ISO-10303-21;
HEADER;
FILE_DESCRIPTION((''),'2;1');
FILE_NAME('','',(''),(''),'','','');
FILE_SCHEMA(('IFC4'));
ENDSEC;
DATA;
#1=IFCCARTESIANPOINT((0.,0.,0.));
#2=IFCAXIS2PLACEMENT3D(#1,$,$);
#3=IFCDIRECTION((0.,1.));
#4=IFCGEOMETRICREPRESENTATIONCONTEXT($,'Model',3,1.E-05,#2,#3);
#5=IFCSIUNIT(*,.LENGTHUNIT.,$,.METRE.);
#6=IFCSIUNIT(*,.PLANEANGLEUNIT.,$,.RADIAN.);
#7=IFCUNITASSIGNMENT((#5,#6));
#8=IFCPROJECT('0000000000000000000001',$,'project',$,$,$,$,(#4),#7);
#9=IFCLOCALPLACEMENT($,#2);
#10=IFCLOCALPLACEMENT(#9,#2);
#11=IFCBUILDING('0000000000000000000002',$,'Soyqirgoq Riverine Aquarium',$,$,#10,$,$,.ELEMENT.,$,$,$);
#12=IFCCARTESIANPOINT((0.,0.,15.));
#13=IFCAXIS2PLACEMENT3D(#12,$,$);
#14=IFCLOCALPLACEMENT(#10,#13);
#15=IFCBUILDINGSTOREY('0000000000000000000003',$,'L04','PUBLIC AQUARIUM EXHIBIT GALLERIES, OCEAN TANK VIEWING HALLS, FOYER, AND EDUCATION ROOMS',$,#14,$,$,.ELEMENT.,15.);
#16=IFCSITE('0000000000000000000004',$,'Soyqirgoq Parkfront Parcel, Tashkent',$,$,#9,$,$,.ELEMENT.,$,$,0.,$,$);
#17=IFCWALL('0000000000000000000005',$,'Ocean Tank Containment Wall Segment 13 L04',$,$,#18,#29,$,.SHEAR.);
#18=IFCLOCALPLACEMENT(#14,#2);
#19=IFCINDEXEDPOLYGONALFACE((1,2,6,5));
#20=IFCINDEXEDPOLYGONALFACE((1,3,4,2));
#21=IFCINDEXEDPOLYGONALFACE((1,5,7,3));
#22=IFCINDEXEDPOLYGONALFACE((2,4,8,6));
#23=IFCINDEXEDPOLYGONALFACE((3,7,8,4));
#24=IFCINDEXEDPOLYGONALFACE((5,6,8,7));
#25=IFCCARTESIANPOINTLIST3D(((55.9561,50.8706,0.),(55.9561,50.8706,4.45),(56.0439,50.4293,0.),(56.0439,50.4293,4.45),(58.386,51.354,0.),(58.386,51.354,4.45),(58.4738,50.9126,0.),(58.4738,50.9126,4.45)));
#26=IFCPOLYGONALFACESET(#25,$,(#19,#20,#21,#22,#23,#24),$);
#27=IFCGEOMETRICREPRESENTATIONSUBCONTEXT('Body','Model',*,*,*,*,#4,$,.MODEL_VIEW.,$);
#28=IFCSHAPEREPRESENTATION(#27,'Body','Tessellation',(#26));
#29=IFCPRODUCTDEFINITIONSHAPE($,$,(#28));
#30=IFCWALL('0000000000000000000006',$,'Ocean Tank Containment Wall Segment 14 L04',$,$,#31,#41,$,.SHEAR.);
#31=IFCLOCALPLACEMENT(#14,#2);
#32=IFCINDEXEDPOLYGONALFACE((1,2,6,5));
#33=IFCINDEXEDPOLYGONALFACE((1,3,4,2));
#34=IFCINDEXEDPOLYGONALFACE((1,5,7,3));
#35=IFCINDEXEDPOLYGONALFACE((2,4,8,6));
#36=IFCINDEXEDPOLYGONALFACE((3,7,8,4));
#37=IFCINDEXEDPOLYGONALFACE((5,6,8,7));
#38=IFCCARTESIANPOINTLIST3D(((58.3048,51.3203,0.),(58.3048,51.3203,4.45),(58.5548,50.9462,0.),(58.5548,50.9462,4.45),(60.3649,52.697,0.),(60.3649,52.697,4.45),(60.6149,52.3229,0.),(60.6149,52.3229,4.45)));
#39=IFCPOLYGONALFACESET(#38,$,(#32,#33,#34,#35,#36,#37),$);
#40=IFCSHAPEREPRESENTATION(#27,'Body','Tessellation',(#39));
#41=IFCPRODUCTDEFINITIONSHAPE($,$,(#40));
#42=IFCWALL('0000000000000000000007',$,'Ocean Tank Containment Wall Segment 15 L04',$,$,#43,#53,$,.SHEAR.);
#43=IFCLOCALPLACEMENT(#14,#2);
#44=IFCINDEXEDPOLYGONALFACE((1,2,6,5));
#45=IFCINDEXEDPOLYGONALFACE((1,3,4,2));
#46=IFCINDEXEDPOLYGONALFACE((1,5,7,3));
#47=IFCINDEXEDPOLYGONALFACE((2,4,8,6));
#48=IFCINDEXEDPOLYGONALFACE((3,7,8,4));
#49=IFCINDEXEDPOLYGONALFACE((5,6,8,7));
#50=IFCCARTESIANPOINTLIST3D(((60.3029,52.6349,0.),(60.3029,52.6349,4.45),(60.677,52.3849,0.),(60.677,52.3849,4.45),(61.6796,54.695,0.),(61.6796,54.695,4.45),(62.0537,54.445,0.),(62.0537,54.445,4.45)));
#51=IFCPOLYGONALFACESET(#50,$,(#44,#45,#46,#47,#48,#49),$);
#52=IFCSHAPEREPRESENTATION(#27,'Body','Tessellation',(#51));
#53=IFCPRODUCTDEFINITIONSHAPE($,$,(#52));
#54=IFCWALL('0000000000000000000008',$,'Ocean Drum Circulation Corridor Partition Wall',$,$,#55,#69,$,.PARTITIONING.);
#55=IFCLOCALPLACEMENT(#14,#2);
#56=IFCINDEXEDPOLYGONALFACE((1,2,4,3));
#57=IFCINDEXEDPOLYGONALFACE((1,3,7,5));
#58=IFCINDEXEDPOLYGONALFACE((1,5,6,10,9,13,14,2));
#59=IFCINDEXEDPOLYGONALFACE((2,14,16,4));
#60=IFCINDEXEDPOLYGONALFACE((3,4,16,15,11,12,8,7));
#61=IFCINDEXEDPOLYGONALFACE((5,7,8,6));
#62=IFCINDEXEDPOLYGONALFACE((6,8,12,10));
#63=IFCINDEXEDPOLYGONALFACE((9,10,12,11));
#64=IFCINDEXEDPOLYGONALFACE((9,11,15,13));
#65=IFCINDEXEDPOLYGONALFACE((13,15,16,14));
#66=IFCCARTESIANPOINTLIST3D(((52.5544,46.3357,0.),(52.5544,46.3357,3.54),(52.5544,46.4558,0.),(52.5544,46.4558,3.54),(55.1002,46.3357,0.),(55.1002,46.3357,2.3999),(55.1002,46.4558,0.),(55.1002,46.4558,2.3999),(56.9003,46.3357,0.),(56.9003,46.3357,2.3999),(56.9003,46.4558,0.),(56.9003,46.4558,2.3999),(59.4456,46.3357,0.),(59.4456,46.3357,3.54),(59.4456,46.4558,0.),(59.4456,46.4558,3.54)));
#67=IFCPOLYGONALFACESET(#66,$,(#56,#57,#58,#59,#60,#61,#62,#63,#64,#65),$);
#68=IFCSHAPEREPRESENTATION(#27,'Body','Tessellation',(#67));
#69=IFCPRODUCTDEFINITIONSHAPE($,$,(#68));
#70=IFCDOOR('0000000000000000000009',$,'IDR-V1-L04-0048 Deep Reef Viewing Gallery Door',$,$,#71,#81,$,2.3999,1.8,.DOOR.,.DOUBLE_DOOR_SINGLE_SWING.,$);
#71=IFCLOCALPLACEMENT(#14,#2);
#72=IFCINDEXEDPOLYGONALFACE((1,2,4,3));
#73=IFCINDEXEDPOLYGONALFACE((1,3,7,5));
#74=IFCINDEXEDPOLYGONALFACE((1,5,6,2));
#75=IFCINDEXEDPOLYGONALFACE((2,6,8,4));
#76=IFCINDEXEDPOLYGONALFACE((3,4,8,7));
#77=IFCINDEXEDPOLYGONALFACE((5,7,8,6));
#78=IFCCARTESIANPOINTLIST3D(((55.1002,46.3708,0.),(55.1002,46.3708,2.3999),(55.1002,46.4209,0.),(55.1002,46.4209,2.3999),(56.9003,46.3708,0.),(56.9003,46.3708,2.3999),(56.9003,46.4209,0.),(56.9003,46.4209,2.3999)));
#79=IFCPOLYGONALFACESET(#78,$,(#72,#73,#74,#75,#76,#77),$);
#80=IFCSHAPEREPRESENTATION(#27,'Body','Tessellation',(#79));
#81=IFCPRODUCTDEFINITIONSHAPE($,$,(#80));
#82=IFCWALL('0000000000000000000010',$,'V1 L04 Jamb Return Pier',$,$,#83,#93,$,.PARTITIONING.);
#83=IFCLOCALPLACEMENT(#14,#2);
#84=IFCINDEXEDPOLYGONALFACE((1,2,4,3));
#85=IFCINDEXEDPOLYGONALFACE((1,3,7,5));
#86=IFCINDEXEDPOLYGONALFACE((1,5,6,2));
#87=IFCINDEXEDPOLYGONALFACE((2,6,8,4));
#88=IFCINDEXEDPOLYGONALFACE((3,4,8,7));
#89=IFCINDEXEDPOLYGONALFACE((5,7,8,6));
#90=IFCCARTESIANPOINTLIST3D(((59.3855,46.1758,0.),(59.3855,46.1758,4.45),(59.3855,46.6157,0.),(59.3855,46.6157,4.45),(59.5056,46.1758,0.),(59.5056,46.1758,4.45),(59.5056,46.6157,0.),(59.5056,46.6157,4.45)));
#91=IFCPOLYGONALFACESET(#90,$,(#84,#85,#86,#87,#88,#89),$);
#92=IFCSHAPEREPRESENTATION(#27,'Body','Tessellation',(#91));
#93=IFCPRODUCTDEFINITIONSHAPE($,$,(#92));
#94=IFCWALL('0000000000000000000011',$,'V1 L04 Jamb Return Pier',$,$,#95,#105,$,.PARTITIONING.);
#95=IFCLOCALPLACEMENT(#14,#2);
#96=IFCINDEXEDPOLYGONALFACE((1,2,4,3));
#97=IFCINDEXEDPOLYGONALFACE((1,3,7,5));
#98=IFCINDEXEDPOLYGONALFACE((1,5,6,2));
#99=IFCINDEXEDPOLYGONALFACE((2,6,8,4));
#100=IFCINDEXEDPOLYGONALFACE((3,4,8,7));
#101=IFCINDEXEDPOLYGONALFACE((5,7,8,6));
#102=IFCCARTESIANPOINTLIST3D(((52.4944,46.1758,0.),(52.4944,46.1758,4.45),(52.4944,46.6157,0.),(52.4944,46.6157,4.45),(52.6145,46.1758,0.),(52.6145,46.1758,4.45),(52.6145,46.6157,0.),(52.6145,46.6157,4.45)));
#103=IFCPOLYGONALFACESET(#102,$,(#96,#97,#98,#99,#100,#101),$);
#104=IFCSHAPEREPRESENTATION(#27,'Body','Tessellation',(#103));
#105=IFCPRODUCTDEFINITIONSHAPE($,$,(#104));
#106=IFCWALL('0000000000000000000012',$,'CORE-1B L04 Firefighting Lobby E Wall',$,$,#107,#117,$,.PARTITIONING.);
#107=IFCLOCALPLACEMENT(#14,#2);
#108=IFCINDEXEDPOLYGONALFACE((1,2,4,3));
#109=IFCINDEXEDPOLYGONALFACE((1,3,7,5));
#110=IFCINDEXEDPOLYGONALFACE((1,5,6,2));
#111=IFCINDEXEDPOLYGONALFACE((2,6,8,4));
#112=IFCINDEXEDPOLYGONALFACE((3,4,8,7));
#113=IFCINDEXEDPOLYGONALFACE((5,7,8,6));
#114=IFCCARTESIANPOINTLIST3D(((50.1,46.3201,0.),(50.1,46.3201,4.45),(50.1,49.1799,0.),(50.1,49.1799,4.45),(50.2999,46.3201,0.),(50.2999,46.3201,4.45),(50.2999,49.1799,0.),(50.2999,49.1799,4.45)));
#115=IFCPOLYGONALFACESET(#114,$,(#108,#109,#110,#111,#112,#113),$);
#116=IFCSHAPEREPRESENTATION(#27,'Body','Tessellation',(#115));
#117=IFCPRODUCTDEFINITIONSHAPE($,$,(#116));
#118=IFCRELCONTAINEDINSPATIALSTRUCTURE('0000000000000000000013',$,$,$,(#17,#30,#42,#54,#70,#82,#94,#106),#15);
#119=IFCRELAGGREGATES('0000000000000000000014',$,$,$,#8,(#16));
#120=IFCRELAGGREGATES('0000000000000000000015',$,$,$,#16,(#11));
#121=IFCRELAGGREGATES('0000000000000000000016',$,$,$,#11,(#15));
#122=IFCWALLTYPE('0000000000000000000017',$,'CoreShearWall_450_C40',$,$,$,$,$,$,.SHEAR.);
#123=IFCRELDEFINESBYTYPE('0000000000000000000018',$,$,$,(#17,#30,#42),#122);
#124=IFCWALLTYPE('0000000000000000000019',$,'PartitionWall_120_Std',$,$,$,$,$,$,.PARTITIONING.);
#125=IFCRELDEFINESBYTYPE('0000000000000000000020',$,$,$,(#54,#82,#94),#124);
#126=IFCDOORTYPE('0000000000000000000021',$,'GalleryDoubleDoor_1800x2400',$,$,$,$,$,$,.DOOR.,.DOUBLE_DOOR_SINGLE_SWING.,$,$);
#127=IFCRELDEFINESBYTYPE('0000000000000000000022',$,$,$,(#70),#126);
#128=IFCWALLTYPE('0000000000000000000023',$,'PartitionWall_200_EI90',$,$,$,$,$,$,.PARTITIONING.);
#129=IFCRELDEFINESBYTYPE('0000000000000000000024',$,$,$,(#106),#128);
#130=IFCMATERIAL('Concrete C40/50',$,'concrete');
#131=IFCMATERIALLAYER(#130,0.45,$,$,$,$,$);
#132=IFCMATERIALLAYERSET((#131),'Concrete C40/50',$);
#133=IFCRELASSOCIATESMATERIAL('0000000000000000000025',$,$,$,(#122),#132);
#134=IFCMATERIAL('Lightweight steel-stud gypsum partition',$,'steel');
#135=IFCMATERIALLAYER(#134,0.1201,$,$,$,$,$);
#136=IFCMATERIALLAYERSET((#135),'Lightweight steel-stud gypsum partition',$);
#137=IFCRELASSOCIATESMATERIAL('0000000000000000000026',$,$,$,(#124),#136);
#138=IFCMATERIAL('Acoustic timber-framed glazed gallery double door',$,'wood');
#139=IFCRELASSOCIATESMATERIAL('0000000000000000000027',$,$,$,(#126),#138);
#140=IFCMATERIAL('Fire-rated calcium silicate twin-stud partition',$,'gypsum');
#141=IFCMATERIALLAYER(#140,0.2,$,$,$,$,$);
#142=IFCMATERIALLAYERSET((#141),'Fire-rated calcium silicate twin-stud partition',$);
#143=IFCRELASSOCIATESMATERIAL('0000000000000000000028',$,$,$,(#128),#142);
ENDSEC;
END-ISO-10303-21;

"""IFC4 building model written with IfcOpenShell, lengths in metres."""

from ifc_helpers import new_model, si_unit, direction, frame, frame_2d, origin, place, context, subcontext, project, spatial, rectangle, extrude, material, layer, layer_set, type_object, element, fill, save


model = new_model("IFC4")

# Units and contexts
model_context = context("Model", 3, precision=1e-05, world=origin(), true_north=direction((0.0, 1.0)))
body_context = subcontext(model_context, "Body", "Model", "MODEL_VIEW")
ifc_project = project(units=[si_unit("LENGTHUNIT", "METRE"), si_unit("PLANEANGLEUNIT", "RADIAN")], contexts=[model_context])

# Site, building, storey
site_placement = place(None, origin())
site = spatial("IfcSite", under=ifc_project, at=site_placement, Name="Soyqirgoq Parkfront Parcel, Tashkent", CompositionType="ELEMENT", RefElevation=0.0)
building_placement = place(site_placement, origin())
building = spatial("IfcBuilding", under=site, at=building_placement, Name="Soyqirgoq Riverine Aquarium", CompositionType="ELEMENT")
storey_placement = place(building_placement, frame((0.0, 0.0, 15.0)))
storey = spatial("IfcBuildingStorey", under=building, at=storey_placement, Name="L04", Description="PUBLIC AQUARIUM EXHIBIT GALLERIES, OCEAN TANK VIEWING HALLS, FOYER, AND EDUCATION ROOMS", CompositionType="ELEMENT", Elevation=15.0)

# Walls
ifc_material_1 = material(Name="Concrete C40/50", Category="concrete")
ifc_layer_1 = layer(ifc_material_1, 0.45)
ifc_layer_set_1 = layer_set([ifc_layer_1], Name="Concrete C40/50")
wall_type_1 = type_object("IfcWallType", Name="CoreShearWall_450_C40", PredefinedType="SHEAR", material=ifc_layer_set_1)
for number, where, z_axis, x_axis, name in (
    (1, (56.0, 50.6499, 0.0), (0.0, 0.0, 1.0), (0.980781, 0.195112, 0.0), "Ocean Tank Containment Wall Segment 13 L04"),
):
    element("IfcWall", number, at=place(storey_placement, frame(where, z_axis=z_axis, x_axis=x_axis)), inside=storey, type_object=wall_type_1, Name=name, PredefinedType="SHEAR", context=body_context, shape_type="SweptSolid", body=[
        extrude(rectangle(XDim=2.4775, YDim=0.45, at=frame_2d((1.2388, 0.0))), origin(), (0.0, 0.0, 1.0), 4.45),
    ])
for number, where, z_axis, x_axis, name in (
    (2, (58.4299, 51.1333, 0.0), (0.0, 0.0, 1.0), (0.831428, 0.555632, 0.0), "Ocean Tank Containment Wall Segment 14 L04"),
    (3, (60.49, 52.51, 0.0), (0.0, 0.0, 1.0), (0.555632, 0.831428, 0.0), "Ocean Tank Containment Wall Segment 15 L04"),
):
    element("IfcWall", number, at=place(storey_placement, frame(where, z_axis=z_axis, x_axis=x_axis)), inside=storey, type_object=wall_type_1, Name=name, PredefinedType="SHEAR", context=body_context, shape_type="SweptSolid", body=[
        extrude(rectangle(XDim=2.4778, YDim=0.45, at=frame_2d((1.2388, 0.0))), origin(), (0.0, 0.0, 1.0), 4.45),
    ])

# Wall, opening, door
ifc_material_2 = material(Name="Lightweight steel-stud gypsum partition", Category="steel")
ifc_layer_2 = layer(ifc_material_2, 0.1201)
ifc_layer_set_2 = layer_set([ifc_layer_2], Name="Lightweight steel-stud gypsum partition")
wall_type_2 = type_object("IfcWallType", Name="PartitionWall_120_Std", PredefinedType="PARTITIONING", material=ifc_layer_set_2)
wall_1_placement = place(storey_placement, frame((59.4456, 46.3958, 0.0), z_axis=(0.0, 0.0, 1.0), x_axis=(-1.0, 0.0, 0.0)))
wall_1 = element("IfcWall", 4, at=wall_1_placement, inside=storey, type_object=wall_type_2, Name="Ocean Drum Circulation Corridor Partition Wall", PredefinedType="PARTITIONING", context=body_context, shape_type="SweptSolid", body=[
    extrude(rectangle(XDim=6.8911, YDim=0.1201, at=frame_2d((3.4456, 0.0))), origin(), (0.0, 0.0, 1.0), 3.54),
])
opening_placement = place(wall_1_placement, frame((2.5454, 0.0, 0.0)))
opening = element("IfcOpeningElement", 5, at=opening_placement, cuts=wall_1, PredefinedType="OPENING", context=body_context, shape_type="SweptSolid", body=[
    extrude(rectangle(XDim=1.8, YDim=2.3999, at=frame_2d((0.8999, 1.2))), frame((0.0, 0.0701, 0.0), z_axis=(0.0, -1.0, 0.0), x_axis=(1.0, 0.0, 0.0)), (0.0, 0.0, 1.0), 0.1401),
])
ifc_material_3 = material(Name="Acoustic timber-framed glazed gallery double door", Category="wood")
door_type = type_object("IfcDoorType", Name="GalleryDoubleDoor_1800x2400", OperationType="DOUBLE_DOOR_SINGLE_SWING", PredefinedType="DOOR", material=ifc_material_3)
door_placement = place(opening_placement, origin())
door = element("IfcDoor", 6, at=door_placement, inside=storey, type_object=door_type, Name="IDR-V1-L04-0048 Deep Reef Viewing Gallery Door", OperationType="DOUBLE_DOOR_SINGLE_SWING", OverallHeight=2.3999, OverallWidth=1.8, PredefinedType="DOOR", context=body_context, shape_type="SweptSolid", body=[
    extrude(rectangle(XDim=1.8, YDim=2.3999, at=frame_2d((0.8999, 1.2))), frame((0.0, 0.0249, 0.0), z_axis=(0.0, -1.0, 0.0), x_axis=(1.0, 0.0, 0.0)), (0.0, 0.0, 1.0), 0.05),
])
fill(opening, door)

# Walls
for number, where, z_axis, x_axis, name in (
    (7, (59.4456, 46.6157, 0.0), (0.0, 0.0, 1.0), (0.0, -1.0, 0.0), "V1 L04 Jamb Return Pier"),
    (8, (52.5544, 46.6157, 0.0), (0.0, 0.0, 1.0), (0.0, -1.0, 0.0), "V1 L04 Jamb Return Pier"),
):
    element("IfcWall", number, at=place(storey_placement, frame(where, z_axis=z_axis, x_axis=x_axis)), inside=storey, type_object=wall_type_2, Name=name, PredefinedType="PARTITIONING", context=body_context, shape_type="SweptSolid", body=[
        extrude(rectangle(XDim=0.4399, YDim=0.1201, at=frame_2d((0.22, 0.0))), origin(), (0.0, 0.0, 1.0), 4.45),
    ])
ifc_material_4 = material(Name="Fire-rated calcium silicate twin-stud partition", Category="gypsum")
ifc_layer_3 = layer(ifc_material_4, 0.2)
ifc_layer_set_3 = layer_set([ifc_layer_3], Name="Fire-rated calcium silicate twin-stud partition")
wall_type_3 = type_object("IfcWallType", Name="PartitionWall_200_EI90", PredefinedType="PARTITIONING", material=ifc_layer_set_3)
wall_2_placement = place(storey_placement, frame((50.2, 46.3201, 0.0), z_axis=(0.0, 0.0, 1.0), x_axis=(0.0, 1.0, 0.0)))
element("IfcWall", 9, at=wall_2_placement, inside=storey, type_object=wall_type_3, Name="CORE-1B L04 Firefighting Lobby E Wall", PredefinedType="PARTITIONING", context=body_context, shape_type="SweptSolid", body=[
    extrude(rectangle(XDim=2.8599, YDim=0.2, at=frame_2d((1.4299, 0.0))), origin(), (0.0, 0.0, 1.0), 4.45),
])

save(model, "model.ifc")
